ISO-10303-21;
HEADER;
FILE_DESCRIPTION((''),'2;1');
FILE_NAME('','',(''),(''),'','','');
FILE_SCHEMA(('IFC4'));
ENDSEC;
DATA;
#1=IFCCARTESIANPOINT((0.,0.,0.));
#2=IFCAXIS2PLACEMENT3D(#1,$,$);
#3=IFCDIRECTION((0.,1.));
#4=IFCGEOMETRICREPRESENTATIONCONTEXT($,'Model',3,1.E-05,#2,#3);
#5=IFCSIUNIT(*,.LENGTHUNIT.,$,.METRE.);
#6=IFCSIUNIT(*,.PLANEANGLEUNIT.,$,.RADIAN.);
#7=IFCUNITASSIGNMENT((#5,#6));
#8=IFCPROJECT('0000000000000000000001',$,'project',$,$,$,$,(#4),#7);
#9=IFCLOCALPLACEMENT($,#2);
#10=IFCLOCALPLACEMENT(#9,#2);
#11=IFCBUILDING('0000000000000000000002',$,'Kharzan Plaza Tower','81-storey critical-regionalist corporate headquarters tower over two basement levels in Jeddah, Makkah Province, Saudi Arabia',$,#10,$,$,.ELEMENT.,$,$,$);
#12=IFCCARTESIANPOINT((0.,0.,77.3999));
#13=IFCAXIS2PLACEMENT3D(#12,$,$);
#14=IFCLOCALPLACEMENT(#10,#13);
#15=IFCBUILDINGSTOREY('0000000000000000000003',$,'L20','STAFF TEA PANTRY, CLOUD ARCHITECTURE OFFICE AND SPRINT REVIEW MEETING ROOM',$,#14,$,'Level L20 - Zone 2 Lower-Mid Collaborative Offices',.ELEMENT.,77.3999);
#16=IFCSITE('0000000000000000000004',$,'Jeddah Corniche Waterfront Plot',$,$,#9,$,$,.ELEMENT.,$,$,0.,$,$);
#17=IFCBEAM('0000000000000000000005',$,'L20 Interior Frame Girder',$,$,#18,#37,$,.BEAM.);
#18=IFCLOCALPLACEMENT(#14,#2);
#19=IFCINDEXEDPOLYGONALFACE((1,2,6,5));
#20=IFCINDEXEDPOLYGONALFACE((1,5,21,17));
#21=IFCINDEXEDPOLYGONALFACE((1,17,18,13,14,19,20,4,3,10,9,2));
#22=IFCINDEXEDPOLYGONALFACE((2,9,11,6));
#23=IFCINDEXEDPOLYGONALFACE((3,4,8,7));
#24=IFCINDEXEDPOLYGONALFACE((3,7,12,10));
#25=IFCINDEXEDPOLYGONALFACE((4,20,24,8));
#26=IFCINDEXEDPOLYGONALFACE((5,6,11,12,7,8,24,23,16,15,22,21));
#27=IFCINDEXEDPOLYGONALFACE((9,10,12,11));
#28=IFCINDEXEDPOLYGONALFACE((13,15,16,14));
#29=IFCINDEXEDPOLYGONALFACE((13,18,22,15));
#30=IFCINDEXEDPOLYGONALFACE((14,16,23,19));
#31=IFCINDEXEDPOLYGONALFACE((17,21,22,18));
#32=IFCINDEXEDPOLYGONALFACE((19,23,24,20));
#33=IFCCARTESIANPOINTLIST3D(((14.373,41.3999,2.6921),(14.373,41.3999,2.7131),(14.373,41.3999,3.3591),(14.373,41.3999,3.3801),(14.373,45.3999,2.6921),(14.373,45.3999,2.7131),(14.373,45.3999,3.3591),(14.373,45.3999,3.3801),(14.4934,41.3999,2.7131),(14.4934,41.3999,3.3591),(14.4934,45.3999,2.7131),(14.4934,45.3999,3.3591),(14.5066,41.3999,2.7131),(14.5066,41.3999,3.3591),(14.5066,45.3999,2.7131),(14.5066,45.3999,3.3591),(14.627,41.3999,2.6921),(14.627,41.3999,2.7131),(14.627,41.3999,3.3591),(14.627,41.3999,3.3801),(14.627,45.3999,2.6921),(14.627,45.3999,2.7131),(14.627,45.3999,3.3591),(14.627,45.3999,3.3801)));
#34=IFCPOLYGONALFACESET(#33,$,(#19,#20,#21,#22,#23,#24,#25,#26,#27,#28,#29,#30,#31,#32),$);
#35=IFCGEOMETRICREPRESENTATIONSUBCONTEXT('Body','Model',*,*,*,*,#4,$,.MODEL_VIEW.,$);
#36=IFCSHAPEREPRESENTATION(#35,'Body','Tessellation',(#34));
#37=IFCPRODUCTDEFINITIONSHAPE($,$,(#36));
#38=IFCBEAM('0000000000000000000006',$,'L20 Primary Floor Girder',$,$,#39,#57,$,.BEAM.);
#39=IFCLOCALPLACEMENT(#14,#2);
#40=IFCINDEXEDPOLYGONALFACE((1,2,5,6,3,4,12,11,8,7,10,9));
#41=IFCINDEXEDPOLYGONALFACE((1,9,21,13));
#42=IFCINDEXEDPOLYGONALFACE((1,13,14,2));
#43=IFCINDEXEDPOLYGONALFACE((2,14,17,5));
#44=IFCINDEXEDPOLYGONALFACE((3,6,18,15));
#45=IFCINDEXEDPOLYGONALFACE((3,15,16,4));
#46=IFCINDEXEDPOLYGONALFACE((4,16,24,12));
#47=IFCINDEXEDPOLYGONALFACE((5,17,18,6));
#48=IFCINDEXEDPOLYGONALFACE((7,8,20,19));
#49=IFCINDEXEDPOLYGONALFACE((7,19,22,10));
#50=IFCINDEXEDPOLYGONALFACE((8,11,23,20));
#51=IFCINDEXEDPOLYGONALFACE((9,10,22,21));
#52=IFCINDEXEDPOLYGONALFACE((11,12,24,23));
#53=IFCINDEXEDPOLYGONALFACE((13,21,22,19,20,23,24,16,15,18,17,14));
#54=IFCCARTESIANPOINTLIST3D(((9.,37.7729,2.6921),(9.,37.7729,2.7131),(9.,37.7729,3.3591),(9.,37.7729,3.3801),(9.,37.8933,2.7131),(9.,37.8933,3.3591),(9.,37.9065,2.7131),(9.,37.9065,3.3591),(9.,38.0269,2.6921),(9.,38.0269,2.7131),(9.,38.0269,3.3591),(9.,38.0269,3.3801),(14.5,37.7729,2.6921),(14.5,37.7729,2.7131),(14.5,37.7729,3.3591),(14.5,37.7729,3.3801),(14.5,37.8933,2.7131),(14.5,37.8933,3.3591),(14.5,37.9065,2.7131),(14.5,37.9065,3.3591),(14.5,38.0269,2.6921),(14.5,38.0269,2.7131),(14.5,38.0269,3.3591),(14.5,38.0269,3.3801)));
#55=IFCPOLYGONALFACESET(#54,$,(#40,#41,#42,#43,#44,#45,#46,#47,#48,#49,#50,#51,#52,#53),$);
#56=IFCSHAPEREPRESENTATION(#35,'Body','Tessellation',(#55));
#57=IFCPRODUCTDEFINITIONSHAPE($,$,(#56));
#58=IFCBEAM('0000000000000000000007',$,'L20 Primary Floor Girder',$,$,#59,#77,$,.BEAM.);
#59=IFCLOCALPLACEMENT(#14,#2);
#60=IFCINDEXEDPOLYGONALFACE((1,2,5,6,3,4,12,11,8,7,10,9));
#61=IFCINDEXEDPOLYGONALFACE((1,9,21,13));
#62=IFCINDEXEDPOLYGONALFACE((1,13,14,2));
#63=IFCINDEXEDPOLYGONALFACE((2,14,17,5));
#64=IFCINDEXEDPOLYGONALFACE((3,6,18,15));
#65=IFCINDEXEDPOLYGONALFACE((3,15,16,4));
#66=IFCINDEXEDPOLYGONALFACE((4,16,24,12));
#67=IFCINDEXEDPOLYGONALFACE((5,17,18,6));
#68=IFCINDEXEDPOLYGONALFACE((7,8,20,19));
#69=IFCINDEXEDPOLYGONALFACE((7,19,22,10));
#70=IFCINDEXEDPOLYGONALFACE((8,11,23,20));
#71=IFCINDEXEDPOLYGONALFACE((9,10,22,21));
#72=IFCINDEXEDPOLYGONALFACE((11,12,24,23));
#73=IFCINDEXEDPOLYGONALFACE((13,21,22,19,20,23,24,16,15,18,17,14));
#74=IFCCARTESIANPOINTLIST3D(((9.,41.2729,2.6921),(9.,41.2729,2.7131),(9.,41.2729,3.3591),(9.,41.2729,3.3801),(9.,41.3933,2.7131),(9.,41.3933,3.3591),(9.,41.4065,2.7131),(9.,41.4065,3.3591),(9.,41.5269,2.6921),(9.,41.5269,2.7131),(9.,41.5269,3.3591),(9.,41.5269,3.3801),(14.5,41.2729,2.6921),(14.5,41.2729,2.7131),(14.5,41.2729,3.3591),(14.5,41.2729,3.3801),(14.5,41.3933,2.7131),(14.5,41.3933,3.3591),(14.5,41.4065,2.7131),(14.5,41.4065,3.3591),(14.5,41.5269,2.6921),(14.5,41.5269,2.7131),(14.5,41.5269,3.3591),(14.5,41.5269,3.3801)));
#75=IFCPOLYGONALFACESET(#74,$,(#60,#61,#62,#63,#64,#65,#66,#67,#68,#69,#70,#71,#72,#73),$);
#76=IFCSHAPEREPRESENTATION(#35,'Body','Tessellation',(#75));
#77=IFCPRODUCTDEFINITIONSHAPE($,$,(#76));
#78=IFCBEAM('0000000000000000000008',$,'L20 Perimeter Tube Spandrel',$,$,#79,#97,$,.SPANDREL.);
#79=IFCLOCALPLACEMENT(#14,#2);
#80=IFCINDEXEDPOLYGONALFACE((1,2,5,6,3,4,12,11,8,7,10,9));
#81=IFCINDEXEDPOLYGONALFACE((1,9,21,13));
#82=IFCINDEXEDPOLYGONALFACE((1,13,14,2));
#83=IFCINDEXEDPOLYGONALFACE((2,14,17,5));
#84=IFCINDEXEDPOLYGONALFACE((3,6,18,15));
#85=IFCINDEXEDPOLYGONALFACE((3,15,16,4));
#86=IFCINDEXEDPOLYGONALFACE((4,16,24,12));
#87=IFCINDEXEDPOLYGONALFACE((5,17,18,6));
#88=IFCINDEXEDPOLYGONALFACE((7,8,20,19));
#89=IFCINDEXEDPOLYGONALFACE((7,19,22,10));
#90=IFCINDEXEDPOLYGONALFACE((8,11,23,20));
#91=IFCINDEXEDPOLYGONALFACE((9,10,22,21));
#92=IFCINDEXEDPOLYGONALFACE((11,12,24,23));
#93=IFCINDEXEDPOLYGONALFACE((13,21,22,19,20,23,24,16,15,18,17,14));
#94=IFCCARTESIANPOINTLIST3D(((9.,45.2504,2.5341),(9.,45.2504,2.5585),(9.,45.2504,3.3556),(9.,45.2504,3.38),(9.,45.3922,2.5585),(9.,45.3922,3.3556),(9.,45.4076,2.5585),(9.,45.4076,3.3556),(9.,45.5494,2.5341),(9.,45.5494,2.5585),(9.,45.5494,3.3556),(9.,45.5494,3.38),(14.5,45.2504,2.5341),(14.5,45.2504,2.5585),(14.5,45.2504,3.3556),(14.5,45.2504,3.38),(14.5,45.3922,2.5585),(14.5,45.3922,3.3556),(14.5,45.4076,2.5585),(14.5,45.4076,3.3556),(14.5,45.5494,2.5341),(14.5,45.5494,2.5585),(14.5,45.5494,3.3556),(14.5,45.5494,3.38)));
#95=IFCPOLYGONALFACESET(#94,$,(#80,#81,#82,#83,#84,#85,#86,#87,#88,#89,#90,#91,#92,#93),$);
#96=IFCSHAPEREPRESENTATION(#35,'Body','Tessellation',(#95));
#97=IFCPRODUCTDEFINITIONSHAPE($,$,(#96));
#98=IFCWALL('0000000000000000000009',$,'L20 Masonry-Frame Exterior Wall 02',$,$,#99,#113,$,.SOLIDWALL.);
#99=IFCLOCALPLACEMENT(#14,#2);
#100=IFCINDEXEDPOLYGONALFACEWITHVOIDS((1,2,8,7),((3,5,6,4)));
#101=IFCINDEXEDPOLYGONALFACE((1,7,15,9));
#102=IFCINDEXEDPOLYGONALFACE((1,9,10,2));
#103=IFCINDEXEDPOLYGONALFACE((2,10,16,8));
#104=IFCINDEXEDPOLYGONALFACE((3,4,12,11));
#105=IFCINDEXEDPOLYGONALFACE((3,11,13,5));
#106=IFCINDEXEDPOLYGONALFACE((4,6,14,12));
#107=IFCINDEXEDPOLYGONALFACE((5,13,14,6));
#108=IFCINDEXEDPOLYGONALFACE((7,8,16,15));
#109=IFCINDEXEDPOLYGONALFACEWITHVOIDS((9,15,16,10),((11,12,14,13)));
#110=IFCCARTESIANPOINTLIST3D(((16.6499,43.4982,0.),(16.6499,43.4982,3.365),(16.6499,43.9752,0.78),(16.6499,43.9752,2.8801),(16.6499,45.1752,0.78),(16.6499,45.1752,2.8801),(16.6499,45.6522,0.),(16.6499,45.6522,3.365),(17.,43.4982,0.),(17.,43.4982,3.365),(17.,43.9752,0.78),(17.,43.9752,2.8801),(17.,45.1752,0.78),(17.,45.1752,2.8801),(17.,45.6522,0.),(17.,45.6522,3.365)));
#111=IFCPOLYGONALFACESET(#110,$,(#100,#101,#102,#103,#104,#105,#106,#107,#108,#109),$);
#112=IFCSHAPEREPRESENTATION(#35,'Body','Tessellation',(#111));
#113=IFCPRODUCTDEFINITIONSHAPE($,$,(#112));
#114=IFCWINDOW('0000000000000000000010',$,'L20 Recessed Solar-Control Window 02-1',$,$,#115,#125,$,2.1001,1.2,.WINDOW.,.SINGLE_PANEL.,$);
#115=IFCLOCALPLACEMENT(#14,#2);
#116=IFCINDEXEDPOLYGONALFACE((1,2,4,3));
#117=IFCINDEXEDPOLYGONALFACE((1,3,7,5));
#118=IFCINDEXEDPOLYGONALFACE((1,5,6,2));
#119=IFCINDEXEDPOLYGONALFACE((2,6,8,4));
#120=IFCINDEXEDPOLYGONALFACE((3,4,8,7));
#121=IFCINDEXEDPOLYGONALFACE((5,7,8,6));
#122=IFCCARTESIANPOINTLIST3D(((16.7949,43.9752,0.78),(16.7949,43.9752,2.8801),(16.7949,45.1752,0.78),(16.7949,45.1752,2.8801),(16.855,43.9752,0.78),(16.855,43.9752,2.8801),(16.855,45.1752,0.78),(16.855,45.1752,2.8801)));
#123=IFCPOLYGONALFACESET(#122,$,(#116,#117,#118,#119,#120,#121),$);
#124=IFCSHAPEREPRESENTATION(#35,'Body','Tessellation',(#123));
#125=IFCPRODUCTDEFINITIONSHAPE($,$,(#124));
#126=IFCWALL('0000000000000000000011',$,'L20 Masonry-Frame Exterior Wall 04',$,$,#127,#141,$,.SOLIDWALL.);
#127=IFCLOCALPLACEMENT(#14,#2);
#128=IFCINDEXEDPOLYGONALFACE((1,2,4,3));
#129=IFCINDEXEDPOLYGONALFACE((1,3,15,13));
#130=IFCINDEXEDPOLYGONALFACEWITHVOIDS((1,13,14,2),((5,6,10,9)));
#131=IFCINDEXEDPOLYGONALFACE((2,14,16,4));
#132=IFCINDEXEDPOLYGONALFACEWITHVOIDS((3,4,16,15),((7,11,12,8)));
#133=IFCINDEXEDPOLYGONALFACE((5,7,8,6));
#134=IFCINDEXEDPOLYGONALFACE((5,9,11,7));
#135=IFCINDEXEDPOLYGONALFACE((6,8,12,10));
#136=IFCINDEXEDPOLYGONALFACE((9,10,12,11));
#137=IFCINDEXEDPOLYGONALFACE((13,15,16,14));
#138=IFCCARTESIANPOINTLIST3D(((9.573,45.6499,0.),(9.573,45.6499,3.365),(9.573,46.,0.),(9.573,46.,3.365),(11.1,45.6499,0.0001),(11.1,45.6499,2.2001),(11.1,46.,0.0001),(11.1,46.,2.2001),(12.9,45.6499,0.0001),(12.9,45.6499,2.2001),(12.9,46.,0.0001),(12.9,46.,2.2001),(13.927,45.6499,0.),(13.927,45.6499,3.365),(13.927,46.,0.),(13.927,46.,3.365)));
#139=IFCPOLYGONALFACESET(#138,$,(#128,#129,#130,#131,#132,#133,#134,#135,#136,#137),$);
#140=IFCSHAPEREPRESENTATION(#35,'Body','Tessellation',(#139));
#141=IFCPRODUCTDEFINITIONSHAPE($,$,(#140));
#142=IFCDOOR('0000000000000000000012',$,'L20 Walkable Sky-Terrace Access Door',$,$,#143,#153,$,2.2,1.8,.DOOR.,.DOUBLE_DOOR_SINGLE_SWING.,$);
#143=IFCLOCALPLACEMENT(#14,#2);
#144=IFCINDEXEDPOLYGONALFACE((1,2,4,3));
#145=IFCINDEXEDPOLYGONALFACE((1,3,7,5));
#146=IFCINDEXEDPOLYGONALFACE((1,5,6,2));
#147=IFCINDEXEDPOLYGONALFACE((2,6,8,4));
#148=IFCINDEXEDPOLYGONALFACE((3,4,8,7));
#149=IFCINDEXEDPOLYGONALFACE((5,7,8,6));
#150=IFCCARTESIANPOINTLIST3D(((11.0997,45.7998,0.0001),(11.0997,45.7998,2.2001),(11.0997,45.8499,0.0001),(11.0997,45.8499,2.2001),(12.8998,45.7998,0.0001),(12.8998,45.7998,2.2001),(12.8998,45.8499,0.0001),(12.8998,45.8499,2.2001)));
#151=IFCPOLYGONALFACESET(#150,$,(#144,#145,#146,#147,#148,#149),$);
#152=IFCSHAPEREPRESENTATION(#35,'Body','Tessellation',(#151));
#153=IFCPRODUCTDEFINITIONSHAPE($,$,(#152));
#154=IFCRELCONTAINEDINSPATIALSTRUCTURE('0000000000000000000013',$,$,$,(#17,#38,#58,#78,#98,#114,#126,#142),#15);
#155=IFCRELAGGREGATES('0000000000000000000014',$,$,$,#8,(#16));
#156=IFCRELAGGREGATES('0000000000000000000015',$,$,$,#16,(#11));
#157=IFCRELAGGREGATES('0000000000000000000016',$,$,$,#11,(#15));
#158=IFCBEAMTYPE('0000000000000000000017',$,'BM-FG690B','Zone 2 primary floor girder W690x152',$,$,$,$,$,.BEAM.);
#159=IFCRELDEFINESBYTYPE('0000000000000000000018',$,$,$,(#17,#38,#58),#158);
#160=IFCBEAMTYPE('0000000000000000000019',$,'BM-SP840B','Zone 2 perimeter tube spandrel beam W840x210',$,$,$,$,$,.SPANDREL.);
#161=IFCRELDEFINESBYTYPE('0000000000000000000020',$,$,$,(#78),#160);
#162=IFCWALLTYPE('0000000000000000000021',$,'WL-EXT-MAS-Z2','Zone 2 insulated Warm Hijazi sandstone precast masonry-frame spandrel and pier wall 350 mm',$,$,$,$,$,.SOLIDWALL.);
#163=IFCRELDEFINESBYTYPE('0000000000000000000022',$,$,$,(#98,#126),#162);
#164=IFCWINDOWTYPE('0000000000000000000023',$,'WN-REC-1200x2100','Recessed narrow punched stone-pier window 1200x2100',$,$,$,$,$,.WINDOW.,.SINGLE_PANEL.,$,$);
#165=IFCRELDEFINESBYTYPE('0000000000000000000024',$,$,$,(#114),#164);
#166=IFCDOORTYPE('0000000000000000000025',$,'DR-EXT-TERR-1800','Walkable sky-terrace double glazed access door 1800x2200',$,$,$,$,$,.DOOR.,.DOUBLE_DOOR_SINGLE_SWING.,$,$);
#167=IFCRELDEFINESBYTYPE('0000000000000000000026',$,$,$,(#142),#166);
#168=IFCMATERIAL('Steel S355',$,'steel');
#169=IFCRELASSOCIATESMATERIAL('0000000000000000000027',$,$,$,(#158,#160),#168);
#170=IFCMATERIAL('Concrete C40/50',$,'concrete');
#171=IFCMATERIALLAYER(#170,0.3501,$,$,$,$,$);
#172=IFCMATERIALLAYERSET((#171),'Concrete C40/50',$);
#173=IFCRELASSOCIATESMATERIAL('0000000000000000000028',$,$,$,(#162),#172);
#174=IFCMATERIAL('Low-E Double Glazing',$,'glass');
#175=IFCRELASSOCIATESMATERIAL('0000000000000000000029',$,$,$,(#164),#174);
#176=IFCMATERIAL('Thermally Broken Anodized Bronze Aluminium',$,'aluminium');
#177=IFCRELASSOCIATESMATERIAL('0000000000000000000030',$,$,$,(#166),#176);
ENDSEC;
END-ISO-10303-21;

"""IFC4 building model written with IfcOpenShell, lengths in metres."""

from ifc_helpers import new_model, si_unit, direction, frame, frame_2d, origin, origin_2d, place, context, subcontext, project, spatial, rectangle, i_section, extrude, source, transform, mapped, material, layer, layer_set, material_profile, profile_set, type_object, element, fill, save


model = new_model("IFC4")

# Units and contexts
model_context = context("Model", 3, precision=1e-05, world=origin(), true_north=direction((0.0, 1.0)))
body_context = subcontext(model_context, "Body", "Model", "MODEL_VIEW")
ifc_project = project(units=[si_unit("LENGTHUNIT", "METRE"), si_unit("PLANEANGLEUNIT", "RADIAN")], contexts=[model_context])

# Site, building, storey
site_placement = place(None, origin())
site = spatial("IfcSite", under=ifc_project, at=site_placement, Name="Jeddah Corniche Waterfront Plot", CompositionType="ELEMENT", RefElevation=0.0)
building_placement = place(site_placement, origin())
building = spatial("IfcBuilding", under=site, at=building_placement, Name="Kharzan Plaza Tower", Description="81-storey critical-regionalist corporate headquarters tower over two basement levels in Jeddah, Makkah Province, Saudi Arabia", CompositionType="ELEMENT")
storey_placement = place(building_placement, frame((0.0, 0.0, 77.3999)))
storey = spatial("IfcBuildingStorey", under=building, at=storey_placement, Name="L20", Description="STAFF TEA PANTRY, CLOUD ARCHITECTURE OFFICE AND SPRINT REVIEW MEETING ROOM", LongName="Level L20 - Zone 2 Lower-Mid Collaborative Offices", CompositionType="ELEMENT", Elevation=77.3999)

# Beams
ifc_material_1 = material(Name="Steel S355", Category="steel")
ifc_material_profile_1 = material_profile(ifc_material_1, i_section(OverallWidth=0.2539, OverallDepth=0.688, WebThickness=0.0132, FlangeThickness=0.021, at=origin_2d()), Name="W690x152")
ifc_profile_set_1 = profile_set([ifc_material_profile_1], Name="Steel S355")
beam_type_1 = type_object("IfcBeamType", Name="BM-FG690B", Description="Zone 2 primary floor girder W690x152", PredefinedType="BEAM", material=ifc_profile_set_1)
shared_shape_1 = source(origin(), body_context, "Body", "SweptSolid", [
    extrude(i_section(OverallWidth=0.2539, OverallDepth=0.688, WebThickness=0.0132, FlangeThickness=0.021, at=origin_2d()), origin(), (0.0, 0.0, 1.0), 4.0),
])
for number, where, z_axis, x_axis, name in (
    (1, (14.5, 41.3999, 3.0361), (0.0, 1.0, 0.0), (-1.0, 0.0, 0.0), "L20 Interior Frame Girder"),
):
    element("IfcBeam", number, at=place(storey_placement, frame(where, z_axis=z_axis, x_axis=x_axis)), inside=storey, type_object=beam_type_1, Name=name, PredefinedType="BEAM", context=body_context, shape_type="MappedRepresentation", body=[
        mapped(shared_shape_1, transform((0.0, 0.0, 0.0), x_axis=(1.0, 0.0, 0.0), y_axis=(0.0, 1.0, 0.0), z_axis=(0.0, 0.0, 1.0))),
    ])
shared_shape_2 = source(origin(), body_context, "Body", "SweptSolid", [
    extrude(i_section(OverallWidth=0.2539, OverallDepth=0.688, WebThickness=0.0132, FlangeThickness=0.021, at=origin_2d()), origin(), (0.0, 0.0, 1.0), 5.5),
])
for number, where, z_axis, x_axis, name in (
    (2, (9.0, 37.8999, 3.0361), (1.0, 0.0, 0.0), (0.0, 1.0, 0.0), "L20 Primary Floor Girder"),
    (3, (9.0, 41.3999, 3.0361), (1.0, 0.0, 0.0), (0.0, 1.0, 0.0), "L20 Primary Floor Girder"),
):
    element("IfcBeam", number, at=place(storey_placement, frame(where, z_axis=z_axis, x_axis=x_axis)), inside=storey, type_object=beam_type_1, Name=name, PredefinedType="BEAM", context=body_context, shape_type="MappedRepresentation", body=[
        mapped(shared_shape_2, transform((0.0, 0.0, 0.0), x_axis=(1.0, 0.0, 0.0), y_axis=(0.0, 1.0, 0.0), z_axis=(0.0, 0.0, 1.0))),
    ])
ifc_material_profile_2 = material_profile(ifc_material_1, i_section(OverallWidth=0.2991, OverallDepth=0.8459, WebThickness=0.0154, FlangeThickness=0.0244, at=origin_2d()), Name="W840x210")
ifc_profile_set_2 = profile_set([ifc_material_profile_2], Name="Steel S355")
beam_type_2 = type_object("IfcBeamType", Name="BM-SP840B", Description="Zone 2 perimeter tube spandrel beam W840x210", PredefinedType="SPANDREL", material=ifc_profile_set_2)
shared_shape_3 = source(origin(), body_context, "Body", "SweptSolid", [
    extrude(i_section(OverallWidth=0.2991, OverallDepth=0.8459, WebThickness=0.0154, FlangeThickness=0.0244, at=origin_2d()), origin(), (0.0, 0.0, 1.0), 5.5),
])
beam_placement = place(storey_placement, frame((9.0, 45.3999, 2.957), z_axis=(1.0, 0.0, 0.0), x_axis=(0.0, 1.0, 0.0)))
element("IfcBeam", 4, at=beam_placement, inside=storey, type_object=beam_type_2, Name="L20 Perimeter Tube Spandrel", PredefinedType="SPANDREL", context=body_context, shape_type="MappedRepresentation", body=[
    mapped(shared_shape_3, transform((0.0, 0.0, 0.0), x_axis=(1.0, 0.0, 0.0), y_axis=(0.0, 1.0, 0.0), z_axis=(0.0, 0.0, 1.0))),
])

# Wall, opening, window
ifc_material_2 = material(Name="Concrete C40/50", Category="concrete")
ifc_layer_1 = layer(ifc_material_2, 0.3501)
ifc_layer_set_1 = layer_set([ifc_layer_1], Name="Concrete C40/50")
wall_type_1 = type_object("IfcWallType", Name="WL-EXT-MAS-Z2", Description="Zone 2 insulated Warm Hijazi sandstone precast masonry-frame spandrel and pier wall 350 mm", PredefinedType="SOLIDWALL", material=ifc_layer_set_1)
wall_1_placement = place(storey_placement, frame((16.825, 43.498, 0.0), z_axis=(0.0, 0.0, 1.0), x_axis=(0.0, 1.0, 0.0)))
wall_1 = element("IfcWall", 5, at=wall_1_placement, inside=storey, type_object=wall_type_1, Name="L20 Masonry-Frame Exterior Wall 02", PredefinedType="SOLIDWALL", context=body_context, shape_type="SweptSolid", body=[
    extrude(rectangle(XDim=2.1541, YDim=0.3501, at=frame_2d((1.0771, 0.0))), origin(), (0.0, 0.0, 1.0), 3.365),
])
opening_1_placement = place(wall_1_placement, frame((0.4771, 0.0, 0.78)))
opening_1 = element("IfcOpeningElement", 6, at=opening_1_placement, cuts=wall_1, PredefinedType="OPENING", context=body_context, shape_type="SweptSolid", body=[
    extrude(rectangle(XDim=1.2, YDim=2.1001, at=frame_2d((0.6001, 1.05))), frame((0.0, 0.1851, 0.0), z_axis=(0.0, -1.0, 0.0), x_axis=(1.0, 0.0, 0.0)), (0.0, 0.0, 1.0), 0.3701),
])
ifc_material_3 = material(Name="Low-E Double Glazing", Category="glass")
window_type_1 = type_object("IfcWindowType", Name="WN-REC-1200x2100", Description="Recessed narrow punched stone-pier window 1200x2100", PartitioningType="SINGLE_PANEL", PredefinedType="WINDOW", material=ifc_material_3)
shared_shape_4 = source(origin(), body_context, "Body", "SweptSolid", [
    extrude(rectangle(XDim=1.2, YDim=2.1001, at=frame_2d((0.6001, 1.05))), frame((0.0, 0.03, 0.0), z_axis=(0.0, -1.0, 0.0), x_axis=(1.0, 0.0, 0.0)), (0.0, 0.0, 1.0), 0.0601),
])
window_1_placement = place(opening_1_placement, origin())
window_1 = element("IfcWindow", 7, at=window_1_placement, inside=storey, type_object=window_type_1, Name="L20 Recessed Solar-Control Window 02-1", OverallHeight=2.1001, OverallWidth=1.2, PartitioningType="SINGLE_PANEL", PredefinedType="WINDOW", context=body_context, shape_type="MappedRepresentation", body=[
    mapped(shared_shape_4, transform((0.0, 0.0, 0.0), x_axis=(1.0, 0.0, 0.0), y_axis=(0.0, 1.0, 0.0), z_axis=(0.0, 0.0, 1.0))),
])
fill(opening_1, window_1)

# Wall, opening, door
wall_2_placement = place(storey_placement, frame((13.927, 45.825, 0.0), z_axis=(0.0, 0.0, 1.0), x_axis=(-1.0, 0.0, 0.0)))
wall_2 = element("IfcWall", 8, at=wall_2_placement, inside=storey, type_object=wall_type_1, Name="L20 Masonry-Frame Exterior Wall 04", PredefinedType="SOLIDWALL", context=body_context, shape_type="SweptSolid", body=[
    extrude(rectangle(XDim=4.354, YDim=0.3501, at=frame_2d((2.177, 0.0))), origin(), (0.0, 0.0, 1.0), 3.365),
])
opening_2_placement = place(wall_2_placement, frame((1.0271, 0.0, 0.0)))
opening_2 = element("IfcOpeningElement", 9, at=opening_2_placement, cuts=wall_2, PredefinedType="OPENING", context=body_context, shape_type="SweptSolid", body=[
    extrude(rectangle(XDim=1.8, YDim=2.2, at=frame_2d((0.8999, 1.1001))), frame((0.0, 0.1851, 0.0), z_axis=(0.0, -1.0, 0.0), x_axis=(1.0, 0.0, 0.0)), (0.0, 0.0, 1.0), 0.3701),
])
ifc_material_4 = material(Name="Thermally Broken Anodized Bronze Aluminium", Category="aluminium")
door_type_1 = type_object("IfcDoorType", Name="DR-EXT-TERR-1800", Description="Walkable sky-terrace double glazed access door 1800x2200", OperationType="DOUBLE_DOOR_SINGLE_SWING", PredefinedType="DOOR", material=ifc_material_4)
shared_shape_5 = source(origin(), body_context, "Body", "SweptSolid", [
    extrude(rectangle(XDim=1.8, YDim=2.2, at=frame_2d((0.8999, 1.1001))), frame((0.0, 0.0249, 0.0), z_axis=(0.0, -1.0, 0.0), x_axis=(1.0, 0.0, 0.0)), (0.0, 0.0, 1.0), 0.05),
])
door_1_placement = place(opening_2_placement, frame((1.8, 0.0, 0.0), z_axis=(0.0, 0.0, 1.0), x_axis=(-1.0, 0.0, 0.0)))
door_1 = element("IfcDoor", 10, at=door_1_placement, inside=storey, type_object=door_type_1, Name="L20 Walkable Sky-Terrace Access Door", OperationType="DOUBLE_DOOR_SINGLE_SWING", OverallHeight=2.2, OverallWidth=1.8, PredefinedType="DOOR", context=body_context, shape_type="MappedRepresentation", body=[
    mapped(shared_shape_5, transform((0.0, 0.0, 0.0), x_axis=(1.0, 0.0, 0.0), y_axis=(0.0, 1.0, 0.0), z_axis=(0.0, 0.0, 1.0))),
])
fill(opening_2, door_1)

save(model, "model.ifc")
